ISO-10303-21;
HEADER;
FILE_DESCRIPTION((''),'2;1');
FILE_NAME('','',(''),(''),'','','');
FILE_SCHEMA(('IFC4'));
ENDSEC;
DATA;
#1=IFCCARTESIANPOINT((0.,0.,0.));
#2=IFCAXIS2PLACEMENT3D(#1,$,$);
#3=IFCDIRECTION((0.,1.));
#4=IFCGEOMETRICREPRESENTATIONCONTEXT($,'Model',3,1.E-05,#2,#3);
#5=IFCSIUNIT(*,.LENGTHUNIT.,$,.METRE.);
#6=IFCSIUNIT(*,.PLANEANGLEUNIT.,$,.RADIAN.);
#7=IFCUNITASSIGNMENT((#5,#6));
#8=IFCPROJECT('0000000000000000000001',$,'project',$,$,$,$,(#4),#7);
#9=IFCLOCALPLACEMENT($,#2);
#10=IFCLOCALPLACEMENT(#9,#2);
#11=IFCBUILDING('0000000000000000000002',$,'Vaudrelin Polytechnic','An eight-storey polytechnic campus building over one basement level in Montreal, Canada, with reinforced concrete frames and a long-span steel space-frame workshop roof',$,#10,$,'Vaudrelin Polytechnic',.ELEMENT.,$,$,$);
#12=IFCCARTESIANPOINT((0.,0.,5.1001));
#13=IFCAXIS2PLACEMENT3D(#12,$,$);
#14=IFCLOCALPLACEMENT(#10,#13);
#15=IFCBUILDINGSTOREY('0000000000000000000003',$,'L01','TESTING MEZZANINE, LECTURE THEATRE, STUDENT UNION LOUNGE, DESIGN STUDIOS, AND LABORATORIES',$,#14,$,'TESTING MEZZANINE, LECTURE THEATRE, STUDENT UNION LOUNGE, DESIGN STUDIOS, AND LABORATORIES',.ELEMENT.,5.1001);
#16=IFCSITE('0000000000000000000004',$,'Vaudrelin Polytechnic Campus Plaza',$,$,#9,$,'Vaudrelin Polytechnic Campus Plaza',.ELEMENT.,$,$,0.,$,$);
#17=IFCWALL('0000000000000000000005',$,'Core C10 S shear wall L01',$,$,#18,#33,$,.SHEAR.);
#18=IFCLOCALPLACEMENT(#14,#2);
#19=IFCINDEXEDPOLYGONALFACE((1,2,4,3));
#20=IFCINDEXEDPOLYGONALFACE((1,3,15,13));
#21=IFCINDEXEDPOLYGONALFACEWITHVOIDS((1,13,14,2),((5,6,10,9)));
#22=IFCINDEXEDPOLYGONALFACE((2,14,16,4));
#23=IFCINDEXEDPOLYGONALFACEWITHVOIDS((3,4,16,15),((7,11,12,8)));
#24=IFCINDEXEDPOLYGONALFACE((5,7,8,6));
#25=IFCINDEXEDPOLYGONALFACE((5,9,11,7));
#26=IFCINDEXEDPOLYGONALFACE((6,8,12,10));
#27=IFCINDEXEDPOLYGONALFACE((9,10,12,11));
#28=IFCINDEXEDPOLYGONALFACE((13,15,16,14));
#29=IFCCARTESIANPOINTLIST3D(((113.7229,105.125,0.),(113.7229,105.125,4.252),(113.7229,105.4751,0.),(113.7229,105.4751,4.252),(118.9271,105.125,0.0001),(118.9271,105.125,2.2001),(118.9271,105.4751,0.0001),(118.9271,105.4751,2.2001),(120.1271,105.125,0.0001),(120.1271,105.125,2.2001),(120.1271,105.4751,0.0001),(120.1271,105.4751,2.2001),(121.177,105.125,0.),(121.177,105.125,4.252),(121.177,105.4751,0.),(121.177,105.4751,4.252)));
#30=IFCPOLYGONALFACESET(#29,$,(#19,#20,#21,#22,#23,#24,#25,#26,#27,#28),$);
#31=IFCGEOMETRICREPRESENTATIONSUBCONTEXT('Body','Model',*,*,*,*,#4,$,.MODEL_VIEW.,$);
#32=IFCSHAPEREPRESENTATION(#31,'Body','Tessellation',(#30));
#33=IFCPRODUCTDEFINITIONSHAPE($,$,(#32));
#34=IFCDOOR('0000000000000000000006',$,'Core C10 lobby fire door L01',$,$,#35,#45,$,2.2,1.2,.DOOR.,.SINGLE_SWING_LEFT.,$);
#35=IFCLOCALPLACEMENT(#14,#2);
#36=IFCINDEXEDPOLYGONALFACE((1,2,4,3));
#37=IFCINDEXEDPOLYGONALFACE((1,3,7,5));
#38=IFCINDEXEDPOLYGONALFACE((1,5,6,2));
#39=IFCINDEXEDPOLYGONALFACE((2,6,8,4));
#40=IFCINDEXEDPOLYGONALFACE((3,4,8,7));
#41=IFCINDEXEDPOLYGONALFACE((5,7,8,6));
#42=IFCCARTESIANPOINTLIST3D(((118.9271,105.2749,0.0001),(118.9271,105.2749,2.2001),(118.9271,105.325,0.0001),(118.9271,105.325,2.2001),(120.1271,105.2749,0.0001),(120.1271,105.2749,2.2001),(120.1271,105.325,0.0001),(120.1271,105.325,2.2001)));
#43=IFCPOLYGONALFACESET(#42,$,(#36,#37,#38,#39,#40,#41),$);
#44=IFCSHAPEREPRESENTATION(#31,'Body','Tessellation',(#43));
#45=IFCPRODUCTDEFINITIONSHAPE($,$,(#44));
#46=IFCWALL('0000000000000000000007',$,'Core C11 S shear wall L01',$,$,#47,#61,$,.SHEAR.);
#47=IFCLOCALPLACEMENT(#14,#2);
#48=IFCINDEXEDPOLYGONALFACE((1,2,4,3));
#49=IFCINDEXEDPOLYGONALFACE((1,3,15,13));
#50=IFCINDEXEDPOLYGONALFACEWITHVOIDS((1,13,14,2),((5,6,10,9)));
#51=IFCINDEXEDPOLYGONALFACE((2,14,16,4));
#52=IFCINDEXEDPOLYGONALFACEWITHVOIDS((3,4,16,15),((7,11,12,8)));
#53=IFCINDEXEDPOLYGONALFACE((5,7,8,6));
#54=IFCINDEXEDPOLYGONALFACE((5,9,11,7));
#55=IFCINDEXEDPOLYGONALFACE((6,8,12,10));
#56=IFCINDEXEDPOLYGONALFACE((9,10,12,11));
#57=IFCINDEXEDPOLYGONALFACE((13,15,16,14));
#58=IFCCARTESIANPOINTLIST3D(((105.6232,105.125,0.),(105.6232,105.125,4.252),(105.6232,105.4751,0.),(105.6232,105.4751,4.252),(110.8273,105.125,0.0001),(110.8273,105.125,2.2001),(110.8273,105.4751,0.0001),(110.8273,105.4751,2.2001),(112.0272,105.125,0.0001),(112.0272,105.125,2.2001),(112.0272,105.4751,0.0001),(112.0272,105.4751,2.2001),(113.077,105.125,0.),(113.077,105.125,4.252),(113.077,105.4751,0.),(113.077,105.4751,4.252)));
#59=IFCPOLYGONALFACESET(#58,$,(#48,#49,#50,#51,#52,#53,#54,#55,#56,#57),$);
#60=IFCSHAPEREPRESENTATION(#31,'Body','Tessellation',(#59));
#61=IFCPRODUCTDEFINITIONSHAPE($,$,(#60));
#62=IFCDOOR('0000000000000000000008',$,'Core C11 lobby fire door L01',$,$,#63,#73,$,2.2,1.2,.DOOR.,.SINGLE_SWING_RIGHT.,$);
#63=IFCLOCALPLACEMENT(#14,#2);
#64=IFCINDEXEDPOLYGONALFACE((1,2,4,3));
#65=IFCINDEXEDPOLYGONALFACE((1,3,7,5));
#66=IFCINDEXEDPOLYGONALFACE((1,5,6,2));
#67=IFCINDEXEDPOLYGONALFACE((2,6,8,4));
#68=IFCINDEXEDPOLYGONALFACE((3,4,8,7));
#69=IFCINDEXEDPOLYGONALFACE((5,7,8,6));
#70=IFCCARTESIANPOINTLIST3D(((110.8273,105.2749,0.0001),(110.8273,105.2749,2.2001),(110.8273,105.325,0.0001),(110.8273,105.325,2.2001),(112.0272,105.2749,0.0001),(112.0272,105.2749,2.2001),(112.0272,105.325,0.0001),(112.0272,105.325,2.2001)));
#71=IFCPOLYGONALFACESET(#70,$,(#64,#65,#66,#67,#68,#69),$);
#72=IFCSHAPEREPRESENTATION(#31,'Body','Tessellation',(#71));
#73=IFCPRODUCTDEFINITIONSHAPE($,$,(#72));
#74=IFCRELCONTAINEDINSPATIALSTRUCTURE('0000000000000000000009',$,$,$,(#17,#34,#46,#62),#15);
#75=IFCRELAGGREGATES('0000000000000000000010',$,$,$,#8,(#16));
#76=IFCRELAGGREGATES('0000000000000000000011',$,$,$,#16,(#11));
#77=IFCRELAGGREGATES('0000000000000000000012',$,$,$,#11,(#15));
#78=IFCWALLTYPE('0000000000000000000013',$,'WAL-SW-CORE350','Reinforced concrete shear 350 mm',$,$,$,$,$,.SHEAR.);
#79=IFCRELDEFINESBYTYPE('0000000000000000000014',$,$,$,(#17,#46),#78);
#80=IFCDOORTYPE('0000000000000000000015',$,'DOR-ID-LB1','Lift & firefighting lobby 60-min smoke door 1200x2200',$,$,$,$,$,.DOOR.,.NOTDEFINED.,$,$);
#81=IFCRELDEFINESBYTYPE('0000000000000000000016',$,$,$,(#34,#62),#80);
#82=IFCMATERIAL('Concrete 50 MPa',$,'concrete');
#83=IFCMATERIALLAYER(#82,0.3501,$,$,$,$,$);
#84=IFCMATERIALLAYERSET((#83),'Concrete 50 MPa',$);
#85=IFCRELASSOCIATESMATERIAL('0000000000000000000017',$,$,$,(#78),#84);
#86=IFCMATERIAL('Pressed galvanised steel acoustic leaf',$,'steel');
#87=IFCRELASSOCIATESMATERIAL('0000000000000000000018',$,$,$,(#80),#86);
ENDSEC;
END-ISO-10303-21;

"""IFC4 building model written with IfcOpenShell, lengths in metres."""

from ifc_helpers import new_model, si_unit, direction, frame, frame_2d, origin, place, context, subcontext, project, spatial, rectangle, extrude, material, layer, layer_set, type_object, element, fill, save


model = new_model("IFC4")

# Units and contexts
model_context = context("Model", 3, precision=1e-05, world=origin(), true_north=direction((0.0, 1.0)))
body_context = subcontext(model_context, "Body", "Model", "MODEL_VIEW")
ifc_project = project(units=[si_unit("LENGTHUNIT", "METRE"), si_unit("PLANEANGLEUNIT", "RADIAN")], contexts=[model_context])

# Site, building, storey
site_placement = place(None, origin())
site = spatial("IfcSite", under=ifc_project, at=site_placement, Name="Vaudrelin Polytechnic Campus Plaza", LongName="Vaudrelin Polytechnic Campus Plaza", CompositionType="ELEMENT", RefElevation=0.0)
building_placement = place(site_placement, origin())
building = spatial("IfcBuilding", under=site, at=building_placement, Name="Vaudrelin Polytechnic", Description="An eight-storey polytechnic campus building over one basement level in Montreal, Canada, with reinforced concrete frames and a long-span steel space-frame workshop roof", LongName="Vaudrelin Polytechnic", CompositionType="ELEMENT")
storey_placement = place(building_placement, frame((0.0, 0.0, 5.1001)))
storey = spatial("IfcBuildingStorey", under=building, at=storey_placement, Name="L01", Description="TESTING MEZZANINE, LECTURE THEATRE, STUDENT UNION LOUNGE, DESIGN STUDIOS, AND LABORATORIES", LongName="TESTING MEZZANINE, LECTURE THEATRE, STUDENT UNION LOUNGE, DESIGN STUDIOS, AND LABORATORIES", CompositionType="ELEMENT", Elevation=5.1001)

# Shared definitions
ifc_material_1 = material(Name="Concrete 50 MPa", Category="concrete")

# Shared definitions
ifc_material_2 = material(Name="Pressed galvanised steel acoustic leaf", Category="steel")

# Shared definitions
ifc_layer_1 = layer(ifc_material_1, 0.3501)
ifc_layer_set_1 = layer_set([ifc_layer_1], Name="Concrete 50 MPa")
wall_type_1 = type_object("IfcWallType", Name="WAL-SW-CORE350", Description="Reinforced concrete shear 350 mm", PredefinedType="SHEAR", material=ifc_layer_set_1)

# Walls, openings, doors
wall_1_placement = place(storey_placement, frame((113.7229, 105.3, 0.0), z_axis=(0.0, 0.0, 1.0), x_axis=(1.0, 0.0, 0.0)))
wall_1 = element("IfcWall", 1, at=wall_1_placement, inside=storey, type_object=wall_type_1, Name="Core C10 S shear wall L01", PredefinedType="SHEAR", context=body_context, shape_type="SweptSolid", body=[
    extrude(rectangle(XDim=7.4541, YDim=0.3501, at=frame_2d((3.7271, 0.0))), origin(), (0.0, 0.0, 1.0), 4.252),
])
opening_1_placement = place(wall_1_placement, frame((5.2041, 0.0, 0.0)))
opening_1 = element("IfcOpeningElement", 2, at=opening_1_placement, cuts=wall_1, PredefinedType="OPENING", context=body_context, shape_type="SweptSolid", body=[
    extrude(rectangle(XDim=1.2, YDim=2.2, at=frame_2d((0.6001, 1.1001))), frame((0.0, 0.1851, 0.0), z_axis=(0.0, -1.0, 0.0), x_axis=(1.0, 0.0, 0.0)), (0.0, 0.0, 1.0), 0.3701),
])
door_type_1 = type_object("IfcDoorType", Name="DOR-ID-LB1", Description="Lift & firefighting lobby 60-min smoke door 1200x2200", OperationType="NOTDEFINED", PredefinedType="DOOR", material=ifc_material_2)
door_1_placement = place(opening_1_placement, origin())
door_1 = element("IfcDoor", 3, at=door_1_placement, inside=storey, type_object=door_type_1, Name="Core C10 lobby fire door L01", OperationType="SINGLE_SWING_LEFT", OverallHeight=2.2, OverallWidth=1.2, PredefinedType="DOOR", context=body_context, shape_type="SweptSolid", body=[
    extrude(rectangle(XDim=1.2, YDim=2.2, at=frame_2d((0.6001, 1.1001))), frame((0.0, 0.0249, 0.0), z_axis=(0.0, -1.0, 0.0), x_axis=(1.0, 0.0, 0.0)), (0.0, 0.0, 1.0), 0.05),
])
fill(opening_1, door_1)
wall_2_placement = place(storey_placement, frame((105.623, 105.3, 0.0), z_axis=(0.0, 0.0, 1.0), x_axis=(1.0, 0.0, 0.0)))
wall_2 = element("IfcWall", 4, at=wall_2_placement, inside=storey, type_object=wall_type_1, Name="Core C11 S shear wall L01", PredefinedType="SHEAR", context=body_context, shape_type="SweptSolid", body=[
    extrude(rectangle(XDim=7.4539, YDim=0.3501, at=frame_2d((3.7271, 0.0))), origin(), (0.0, 0.0, 1.0), 4.252),
])
opening_2_placement = place(wall_2_placement, frame((5.2041, 0.0, 0.0)))
opening_2 = element("IfcOpeningElement", 5, at=opening_2_placement, cuts=wall_2, PredefinedType="OPENING", context=body_context, shape_type="SweptSolid", body=[
    extrude(rectangle(XDim=1.2, YDim=2.2, at=frame_2d((0.6001, 1.1001))), frame((0.0, 0.1851, 0.0), z_axis=(0.0, -1.0, 0.0), x_axis=(1.0, 0.0, 0.0)), (0.0, 0.0, 1.0), 0.3701),
])
door_2_placement = place(opening_2_placement, origin())
door_2 = element("IfcDoor", 6, at=door_2_placement, inside=storey, type_object=door_type_1, Name="Core C11 lobby fire door L01", OperationType="SINGLE_SWING_RIGHT", OverallHeight=2.2, OverallWidth=1.2, PredefinedType="DOOR", context=body_context, shape_type="SweptSolid", body=[
    extrude(rectangle(XDim=1.2, YDim=2.2, at=frame_2d((0.6001, 1.1001))), frame((0.0, 0.0249, 0.0), z_axis=(0.0, -1.0, 0.0), x_axis=(1.0, 0.0, 0.0)), (0.0, 0.0, 1.0), 0.05),
])
fill(opening_2, door_2)

save(model, "model.ifc")
